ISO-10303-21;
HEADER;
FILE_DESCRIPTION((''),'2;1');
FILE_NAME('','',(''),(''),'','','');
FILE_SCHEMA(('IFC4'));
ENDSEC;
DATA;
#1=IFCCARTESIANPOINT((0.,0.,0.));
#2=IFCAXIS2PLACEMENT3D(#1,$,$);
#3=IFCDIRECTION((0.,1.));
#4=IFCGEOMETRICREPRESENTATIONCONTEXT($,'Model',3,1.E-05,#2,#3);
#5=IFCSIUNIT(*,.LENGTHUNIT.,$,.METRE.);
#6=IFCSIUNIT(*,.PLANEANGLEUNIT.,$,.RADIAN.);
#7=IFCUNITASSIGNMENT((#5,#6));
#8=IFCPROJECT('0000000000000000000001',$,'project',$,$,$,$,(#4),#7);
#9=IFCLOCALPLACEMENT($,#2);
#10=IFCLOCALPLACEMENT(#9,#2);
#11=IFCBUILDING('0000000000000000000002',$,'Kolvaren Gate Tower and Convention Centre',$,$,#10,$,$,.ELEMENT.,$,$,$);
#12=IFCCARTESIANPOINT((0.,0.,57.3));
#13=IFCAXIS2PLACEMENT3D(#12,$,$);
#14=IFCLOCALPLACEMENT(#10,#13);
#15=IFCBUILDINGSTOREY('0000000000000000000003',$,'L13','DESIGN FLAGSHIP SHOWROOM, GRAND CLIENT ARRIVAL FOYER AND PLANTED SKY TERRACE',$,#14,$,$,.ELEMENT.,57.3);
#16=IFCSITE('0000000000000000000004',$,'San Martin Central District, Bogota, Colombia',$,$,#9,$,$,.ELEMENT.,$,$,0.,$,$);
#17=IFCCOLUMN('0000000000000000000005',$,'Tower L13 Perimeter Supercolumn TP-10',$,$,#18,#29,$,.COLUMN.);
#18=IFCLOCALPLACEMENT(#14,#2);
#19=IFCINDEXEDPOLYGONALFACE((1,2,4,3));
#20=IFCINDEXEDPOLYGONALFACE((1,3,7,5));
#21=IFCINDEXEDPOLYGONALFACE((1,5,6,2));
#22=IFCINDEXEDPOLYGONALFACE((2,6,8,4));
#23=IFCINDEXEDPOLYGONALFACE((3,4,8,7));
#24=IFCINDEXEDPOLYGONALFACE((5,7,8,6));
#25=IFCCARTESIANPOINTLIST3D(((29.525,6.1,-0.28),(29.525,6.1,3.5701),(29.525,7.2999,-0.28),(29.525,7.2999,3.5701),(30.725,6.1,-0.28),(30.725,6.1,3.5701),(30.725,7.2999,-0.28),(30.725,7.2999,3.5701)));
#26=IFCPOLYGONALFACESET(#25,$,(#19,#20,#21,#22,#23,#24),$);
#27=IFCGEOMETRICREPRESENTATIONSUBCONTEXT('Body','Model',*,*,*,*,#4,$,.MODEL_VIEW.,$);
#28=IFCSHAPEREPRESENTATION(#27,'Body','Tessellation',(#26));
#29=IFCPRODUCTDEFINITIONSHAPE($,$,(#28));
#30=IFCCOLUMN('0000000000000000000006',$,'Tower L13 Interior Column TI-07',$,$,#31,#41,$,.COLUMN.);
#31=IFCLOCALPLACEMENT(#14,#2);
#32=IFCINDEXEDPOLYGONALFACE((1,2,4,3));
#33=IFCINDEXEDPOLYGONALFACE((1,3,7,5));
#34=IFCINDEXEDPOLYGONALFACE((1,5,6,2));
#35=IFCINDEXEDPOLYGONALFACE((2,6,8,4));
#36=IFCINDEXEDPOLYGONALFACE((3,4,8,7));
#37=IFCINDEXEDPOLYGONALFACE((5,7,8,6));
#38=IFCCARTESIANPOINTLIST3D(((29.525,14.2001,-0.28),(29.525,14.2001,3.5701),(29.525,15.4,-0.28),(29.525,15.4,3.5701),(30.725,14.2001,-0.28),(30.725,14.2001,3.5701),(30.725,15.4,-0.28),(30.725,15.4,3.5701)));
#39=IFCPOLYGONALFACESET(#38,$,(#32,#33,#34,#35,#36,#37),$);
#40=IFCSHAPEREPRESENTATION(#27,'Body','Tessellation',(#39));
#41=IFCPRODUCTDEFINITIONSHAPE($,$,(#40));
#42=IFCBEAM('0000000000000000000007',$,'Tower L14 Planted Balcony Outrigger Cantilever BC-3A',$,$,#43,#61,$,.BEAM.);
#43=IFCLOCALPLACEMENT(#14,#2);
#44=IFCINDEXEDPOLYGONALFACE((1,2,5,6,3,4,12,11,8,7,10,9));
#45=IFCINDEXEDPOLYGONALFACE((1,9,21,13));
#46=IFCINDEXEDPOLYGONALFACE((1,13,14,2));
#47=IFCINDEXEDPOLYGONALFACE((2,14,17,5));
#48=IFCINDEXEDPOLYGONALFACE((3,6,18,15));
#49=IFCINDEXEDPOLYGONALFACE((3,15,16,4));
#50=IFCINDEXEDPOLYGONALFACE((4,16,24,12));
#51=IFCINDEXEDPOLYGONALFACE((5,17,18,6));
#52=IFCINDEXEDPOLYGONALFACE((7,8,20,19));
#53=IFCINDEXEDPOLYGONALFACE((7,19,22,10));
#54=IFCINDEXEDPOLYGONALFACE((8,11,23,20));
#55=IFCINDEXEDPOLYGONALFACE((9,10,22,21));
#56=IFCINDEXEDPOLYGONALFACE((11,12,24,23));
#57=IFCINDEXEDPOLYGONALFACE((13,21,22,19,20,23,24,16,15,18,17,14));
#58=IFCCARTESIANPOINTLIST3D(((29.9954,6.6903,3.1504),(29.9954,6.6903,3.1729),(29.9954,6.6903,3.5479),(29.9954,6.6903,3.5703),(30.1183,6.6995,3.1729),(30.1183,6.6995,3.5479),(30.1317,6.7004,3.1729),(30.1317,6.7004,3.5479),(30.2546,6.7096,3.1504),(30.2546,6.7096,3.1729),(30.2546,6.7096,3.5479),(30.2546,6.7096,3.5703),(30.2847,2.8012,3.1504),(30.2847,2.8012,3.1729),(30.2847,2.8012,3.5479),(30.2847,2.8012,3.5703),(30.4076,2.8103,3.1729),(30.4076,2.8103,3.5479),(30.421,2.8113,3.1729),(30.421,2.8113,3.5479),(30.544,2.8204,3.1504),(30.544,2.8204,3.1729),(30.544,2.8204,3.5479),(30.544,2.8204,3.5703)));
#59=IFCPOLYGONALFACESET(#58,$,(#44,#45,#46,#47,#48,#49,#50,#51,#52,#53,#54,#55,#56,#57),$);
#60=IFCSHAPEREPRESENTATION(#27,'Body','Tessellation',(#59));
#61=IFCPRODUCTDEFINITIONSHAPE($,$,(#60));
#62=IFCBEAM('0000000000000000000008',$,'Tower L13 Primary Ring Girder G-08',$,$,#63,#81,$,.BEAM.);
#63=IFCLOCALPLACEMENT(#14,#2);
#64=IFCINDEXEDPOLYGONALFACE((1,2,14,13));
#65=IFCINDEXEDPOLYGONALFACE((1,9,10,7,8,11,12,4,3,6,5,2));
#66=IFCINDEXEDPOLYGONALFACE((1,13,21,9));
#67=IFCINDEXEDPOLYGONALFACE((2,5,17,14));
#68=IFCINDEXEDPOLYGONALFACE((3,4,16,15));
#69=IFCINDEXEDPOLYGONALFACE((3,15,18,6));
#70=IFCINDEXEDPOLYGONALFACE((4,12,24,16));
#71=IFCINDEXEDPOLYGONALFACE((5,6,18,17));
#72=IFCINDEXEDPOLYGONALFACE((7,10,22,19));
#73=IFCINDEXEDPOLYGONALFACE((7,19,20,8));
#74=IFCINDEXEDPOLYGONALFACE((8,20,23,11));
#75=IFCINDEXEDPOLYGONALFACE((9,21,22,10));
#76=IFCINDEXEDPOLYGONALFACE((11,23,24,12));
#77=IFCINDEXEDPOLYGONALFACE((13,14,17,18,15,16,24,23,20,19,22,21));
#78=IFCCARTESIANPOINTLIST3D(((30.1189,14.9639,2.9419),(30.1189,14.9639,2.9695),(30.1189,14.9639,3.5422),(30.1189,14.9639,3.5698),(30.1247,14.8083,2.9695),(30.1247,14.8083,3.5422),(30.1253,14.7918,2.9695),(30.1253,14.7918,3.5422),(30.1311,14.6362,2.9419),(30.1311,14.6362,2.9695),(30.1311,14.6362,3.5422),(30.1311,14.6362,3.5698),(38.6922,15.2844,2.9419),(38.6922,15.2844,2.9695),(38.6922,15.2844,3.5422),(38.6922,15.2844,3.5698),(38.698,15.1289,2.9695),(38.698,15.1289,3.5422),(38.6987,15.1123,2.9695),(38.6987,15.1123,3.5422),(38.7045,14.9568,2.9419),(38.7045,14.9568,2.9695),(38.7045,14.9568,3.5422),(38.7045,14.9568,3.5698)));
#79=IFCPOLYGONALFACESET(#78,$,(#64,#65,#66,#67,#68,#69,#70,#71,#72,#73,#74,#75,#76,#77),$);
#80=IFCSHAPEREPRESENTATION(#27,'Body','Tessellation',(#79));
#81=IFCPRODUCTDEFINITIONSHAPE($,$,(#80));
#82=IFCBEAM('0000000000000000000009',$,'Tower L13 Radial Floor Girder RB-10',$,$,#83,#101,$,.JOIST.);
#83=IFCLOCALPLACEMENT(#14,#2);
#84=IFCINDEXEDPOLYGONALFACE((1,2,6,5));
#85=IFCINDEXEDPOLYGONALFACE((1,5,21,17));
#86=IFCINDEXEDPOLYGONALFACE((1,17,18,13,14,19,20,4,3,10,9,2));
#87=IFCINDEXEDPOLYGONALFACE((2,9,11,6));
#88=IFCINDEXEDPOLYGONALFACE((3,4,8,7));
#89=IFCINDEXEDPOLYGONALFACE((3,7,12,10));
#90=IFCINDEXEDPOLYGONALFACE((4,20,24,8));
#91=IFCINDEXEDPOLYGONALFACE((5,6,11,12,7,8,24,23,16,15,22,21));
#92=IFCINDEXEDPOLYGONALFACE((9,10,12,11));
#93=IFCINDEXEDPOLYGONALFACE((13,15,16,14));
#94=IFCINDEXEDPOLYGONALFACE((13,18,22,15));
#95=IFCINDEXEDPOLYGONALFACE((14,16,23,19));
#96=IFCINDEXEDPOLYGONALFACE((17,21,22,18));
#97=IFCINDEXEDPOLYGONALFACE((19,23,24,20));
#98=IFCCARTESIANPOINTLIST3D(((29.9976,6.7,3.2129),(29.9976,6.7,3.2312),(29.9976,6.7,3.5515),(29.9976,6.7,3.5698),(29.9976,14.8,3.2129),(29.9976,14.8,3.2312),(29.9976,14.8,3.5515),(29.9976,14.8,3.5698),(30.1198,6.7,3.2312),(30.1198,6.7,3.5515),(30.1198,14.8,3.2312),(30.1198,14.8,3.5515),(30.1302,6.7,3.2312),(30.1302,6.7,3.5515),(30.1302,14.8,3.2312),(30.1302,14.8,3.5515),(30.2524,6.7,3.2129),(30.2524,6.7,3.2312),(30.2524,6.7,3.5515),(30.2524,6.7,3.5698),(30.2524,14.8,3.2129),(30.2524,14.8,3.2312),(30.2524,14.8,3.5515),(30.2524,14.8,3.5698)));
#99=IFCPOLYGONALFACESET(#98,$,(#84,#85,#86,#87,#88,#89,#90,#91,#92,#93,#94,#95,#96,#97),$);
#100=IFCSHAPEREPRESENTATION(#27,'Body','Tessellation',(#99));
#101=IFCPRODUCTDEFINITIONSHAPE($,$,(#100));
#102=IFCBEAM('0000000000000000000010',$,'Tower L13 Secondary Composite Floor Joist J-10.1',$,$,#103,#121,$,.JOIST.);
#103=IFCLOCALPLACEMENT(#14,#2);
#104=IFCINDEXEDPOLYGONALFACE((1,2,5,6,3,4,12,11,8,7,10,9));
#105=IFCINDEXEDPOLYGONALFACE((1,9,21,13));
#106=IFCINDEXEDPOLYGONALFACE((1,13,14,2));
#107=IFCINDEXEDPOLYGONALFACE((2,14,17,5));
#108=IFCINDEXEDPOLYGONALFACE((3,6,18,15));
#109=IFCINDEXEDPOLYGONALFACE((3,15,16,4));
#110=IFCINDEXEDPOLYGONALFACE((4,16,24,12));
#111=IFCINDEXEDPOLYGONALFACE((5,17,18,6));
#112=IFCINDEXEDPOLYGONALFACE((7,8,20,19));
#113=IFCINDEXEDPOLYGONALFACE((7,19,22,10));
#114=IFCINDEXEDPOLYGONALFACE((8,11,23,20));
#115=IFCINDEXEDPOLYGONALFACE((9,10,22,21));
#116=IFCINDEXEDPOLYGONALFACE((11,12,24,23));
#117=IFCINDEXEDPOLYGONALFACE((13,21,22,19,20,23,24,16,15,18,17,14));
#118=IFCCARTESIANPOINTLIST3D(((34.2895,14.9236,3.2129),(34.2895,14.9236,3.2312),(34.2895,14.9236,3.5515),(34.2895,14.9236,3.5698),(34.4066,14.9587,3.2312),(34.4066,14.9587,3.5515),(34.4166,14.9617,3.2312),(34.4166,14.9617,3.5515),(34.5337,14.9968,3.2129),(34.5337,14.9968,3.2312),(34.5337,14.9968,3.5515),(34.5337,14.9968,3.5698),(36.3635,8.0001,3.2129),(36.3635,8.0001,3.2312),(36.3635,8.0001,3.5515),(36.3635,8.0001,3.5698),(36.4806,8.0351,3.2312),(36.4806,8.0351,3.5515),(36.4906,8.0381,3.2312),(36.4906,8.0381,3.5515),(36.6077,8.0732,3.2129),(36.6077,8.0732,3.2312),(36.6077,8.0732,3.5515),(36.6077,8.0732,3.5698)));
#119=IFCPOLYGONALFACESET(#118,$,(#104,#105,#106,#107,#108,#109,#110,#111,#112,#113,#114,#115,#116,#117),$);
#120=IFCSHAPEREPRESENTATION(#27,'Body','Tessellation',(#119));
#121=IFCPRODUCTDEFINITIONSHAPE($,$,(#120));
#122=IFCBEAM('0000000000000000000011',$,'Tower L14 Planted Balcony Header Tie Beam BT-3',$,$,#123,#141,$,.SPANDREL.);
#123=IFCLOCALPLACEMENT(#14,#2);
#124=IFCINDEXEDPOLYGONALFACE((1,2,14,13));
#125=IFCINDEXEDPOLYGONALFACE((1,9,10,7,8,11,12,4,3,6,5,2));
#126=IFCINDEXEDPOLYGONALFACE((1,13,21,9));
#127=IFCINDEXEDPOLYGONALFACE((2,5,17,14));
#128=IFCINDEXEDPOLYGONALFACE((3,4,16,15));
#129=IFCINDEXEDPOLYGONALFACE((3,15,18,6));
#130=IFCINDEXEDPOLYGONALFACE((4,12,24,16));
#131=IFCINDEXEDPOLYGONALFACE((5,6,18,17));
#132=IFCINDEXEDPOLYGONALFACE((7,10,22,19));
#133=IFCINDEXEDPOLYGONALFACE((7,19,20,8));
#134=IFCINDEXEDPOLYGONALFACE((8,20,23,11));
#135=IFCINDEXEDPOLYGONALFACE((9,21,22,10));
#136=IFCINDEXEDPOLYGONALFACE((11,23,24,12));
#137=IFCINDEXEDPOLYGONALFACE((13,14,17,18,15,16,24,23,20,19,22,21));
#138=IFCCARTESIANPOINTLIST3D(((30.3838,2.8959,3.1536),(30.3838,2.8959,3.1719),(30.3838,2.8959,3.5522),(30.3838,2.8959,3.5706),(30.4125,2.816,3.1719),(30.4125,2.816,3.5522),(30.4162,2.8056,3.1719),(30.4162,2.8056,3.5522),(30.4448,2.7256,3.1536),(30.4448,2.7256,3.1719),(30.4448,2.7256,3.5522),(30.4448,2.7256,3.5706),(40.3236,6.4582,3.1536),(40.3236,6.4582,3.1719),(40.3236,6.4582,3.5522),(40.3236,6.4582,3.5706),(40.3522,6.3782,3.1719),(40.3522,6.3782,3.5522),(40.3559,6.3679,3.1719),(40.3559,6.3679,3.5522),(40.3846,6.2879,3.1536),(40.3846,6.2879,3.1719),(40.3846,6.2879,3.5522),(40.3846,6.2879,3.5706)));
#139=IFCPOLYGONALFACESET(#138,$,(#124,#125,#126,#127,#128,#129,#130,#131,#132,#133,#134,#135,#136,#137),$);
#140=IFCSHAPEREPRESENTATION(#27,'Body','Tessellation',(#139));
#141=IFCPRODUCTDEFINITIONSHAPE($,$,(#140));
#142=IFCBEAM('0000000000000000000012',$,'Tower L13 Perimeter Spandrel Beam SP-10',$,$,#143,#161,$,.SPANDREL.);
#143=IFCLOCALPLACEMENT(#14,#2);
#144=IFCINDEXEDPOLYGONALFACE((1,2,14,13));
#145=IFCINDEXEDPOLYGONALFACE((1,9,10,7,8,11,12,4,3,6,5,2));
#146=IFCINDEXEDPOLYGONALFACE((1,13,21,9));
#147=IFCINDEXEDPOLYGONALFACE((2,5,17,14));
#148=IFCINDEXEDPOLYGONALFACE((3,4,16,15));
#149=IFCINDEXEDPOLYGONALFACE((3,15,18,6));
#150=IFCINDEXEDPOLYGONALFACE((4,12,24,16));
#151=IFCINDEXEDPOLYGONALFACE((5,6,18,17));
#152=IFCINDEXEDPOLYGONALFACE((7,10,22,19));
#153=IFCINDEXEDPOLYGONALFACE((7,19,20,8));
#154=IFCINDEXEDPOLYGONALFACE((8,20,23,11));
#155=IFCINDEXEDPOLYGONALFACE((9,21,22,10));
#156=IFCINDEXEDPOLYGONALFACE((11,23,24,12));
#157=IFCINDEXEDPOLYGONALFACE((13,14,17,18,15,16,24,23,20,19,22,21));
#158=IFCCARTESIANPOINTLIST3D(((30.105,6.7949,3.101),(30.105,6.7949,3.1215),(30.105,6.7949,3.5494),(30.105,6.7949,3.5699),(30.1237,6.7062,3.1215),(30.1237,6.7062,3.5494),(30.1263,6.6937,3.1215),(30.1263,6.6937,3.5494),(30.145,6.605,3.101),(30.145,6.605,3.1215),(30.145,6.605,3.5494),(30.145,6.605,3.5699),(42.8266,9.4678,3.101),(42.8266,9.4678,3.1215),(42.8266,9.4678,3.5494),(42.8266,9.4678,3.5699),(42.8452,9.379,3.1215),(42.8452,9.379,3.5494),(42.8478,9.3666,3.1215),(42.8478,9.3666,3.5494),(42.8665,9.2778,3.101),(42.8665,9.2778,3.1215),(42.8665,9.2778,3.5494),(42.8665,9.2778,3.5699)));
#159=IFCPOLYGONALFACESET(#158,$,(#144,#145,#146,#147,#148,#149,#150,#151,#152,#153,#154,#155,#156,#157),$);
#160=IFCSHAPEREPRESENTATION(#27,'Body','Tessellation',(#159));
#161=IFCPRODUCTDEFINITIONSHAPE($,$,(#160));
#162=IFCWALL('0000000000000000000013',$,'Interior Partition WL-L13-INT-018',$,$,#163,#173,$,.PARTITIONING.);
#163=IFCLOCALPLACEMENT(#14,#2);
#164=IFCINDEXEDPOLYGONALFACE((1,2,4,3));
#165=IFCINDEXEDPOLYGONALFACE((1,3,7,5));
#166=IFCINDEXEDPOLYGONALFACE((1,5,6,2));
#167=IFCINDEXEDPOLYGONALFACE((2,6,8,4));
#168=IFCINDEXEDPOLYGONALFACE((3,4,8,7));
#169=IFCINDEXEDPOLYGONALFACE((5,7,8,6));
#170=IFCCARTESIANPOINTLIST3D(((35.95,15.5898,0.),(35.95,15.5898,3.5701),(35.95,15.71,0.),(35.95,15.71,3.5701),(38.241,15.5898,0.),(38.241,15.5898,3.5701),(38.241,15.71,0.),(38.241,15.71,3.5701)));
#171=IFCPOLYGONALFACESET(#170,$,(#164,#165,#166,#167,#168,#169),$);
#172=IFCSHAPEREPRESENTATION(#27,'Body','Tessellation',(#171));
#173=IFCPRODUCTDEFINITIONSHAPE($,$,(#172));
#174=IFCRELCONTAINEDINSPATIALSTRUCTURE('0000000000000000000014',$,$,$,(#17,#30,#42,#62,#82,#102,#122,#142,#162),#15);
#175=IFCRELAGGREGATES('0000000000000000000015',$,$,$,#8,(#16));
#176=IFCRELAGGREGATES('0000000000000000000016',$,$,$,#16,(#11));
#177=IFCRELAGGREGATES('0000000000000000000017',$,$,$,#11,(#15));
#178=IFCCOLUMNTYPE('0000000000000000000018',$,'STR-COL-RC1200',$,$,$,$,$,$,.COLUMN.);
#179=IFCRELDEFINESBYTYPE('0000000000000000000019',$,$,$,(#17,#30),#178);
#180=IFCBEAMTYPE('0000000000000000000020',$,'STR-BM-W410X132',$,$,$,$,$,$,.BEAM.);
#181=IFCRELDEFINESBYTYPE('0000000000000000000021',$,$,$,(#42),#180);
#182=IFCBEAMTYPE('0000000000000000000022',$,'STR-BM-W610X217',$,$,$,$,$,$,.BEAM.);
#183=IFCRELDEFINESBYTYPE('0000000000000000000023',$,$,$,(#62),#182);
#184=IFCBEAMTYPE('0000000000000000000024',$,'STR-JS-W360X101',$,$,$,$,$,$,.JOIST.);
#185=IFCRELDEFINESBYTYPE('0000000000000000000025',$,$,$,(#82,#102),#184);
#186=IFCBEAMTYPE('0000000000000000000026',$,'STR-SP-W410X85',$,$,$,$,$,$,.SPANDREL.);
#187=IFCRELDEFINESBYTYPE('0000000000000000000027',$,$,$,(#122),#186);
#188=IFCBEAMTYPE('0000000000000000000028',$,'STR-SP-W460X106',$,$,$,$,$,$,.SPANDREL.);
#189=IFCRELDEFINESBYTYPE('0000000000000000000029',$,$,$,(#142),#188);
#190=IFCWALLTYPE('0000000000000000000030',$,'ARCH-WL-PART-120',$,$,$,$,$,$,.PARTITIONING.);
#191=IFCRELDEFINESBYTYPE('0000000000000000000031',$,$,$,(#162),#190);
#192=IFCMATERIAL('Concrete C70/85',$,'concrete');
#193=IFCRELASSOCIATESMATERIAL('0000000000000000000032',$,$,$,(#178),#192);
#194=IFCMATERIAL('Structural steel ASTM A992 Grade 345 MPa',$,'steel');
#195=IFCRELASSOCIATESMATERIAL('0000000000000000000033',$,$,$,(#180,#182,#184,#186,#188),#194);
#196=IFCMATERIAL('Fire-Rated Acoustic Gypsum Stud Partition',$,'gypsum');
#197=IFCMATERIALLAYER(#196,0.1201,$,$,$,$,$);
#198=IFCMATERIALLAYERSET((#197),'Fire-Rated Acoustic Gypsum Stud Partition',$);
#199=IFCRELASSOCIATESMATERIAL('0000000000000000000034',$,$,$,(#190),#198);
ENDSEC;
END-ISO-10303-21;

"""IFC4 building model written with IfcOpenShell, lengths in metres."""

from ifc_helpers import new_model, si_unit, direction, frame, frame_2d, origin, origin_2d, place, context, subcontext, project, spatial, rectangle, i_section, extrude, material, layer, layer_set, material_profile, profile_set, type_object, element, save


model = new_model("IFC4")

# Units and contexts
model_context = context("Model", 3, precision=1e-05, world=origin(), true_north=direction((0.0, 1.0)))
body_context = subcontext(model_context, "Body", "Model", "MODEL_VIEW")
ifc_project = project(units=[si_unit("LENGTHUNIT", "METRE"), si_unit("PLANEANGLEUNIT", "RADIAN")], contexts=[model_context])

# Site, building, storey
site_placement = place(None, origin())
site = spatial("IfcSite", under=ifc_project, at=site_placement, Name="San Martin Central District, Bogota, Colombia", CompositionType="ELEMENT", RefElevation=0.0)
building_placement = place(site_placement, origin())
building = spatial("IfcBuilding", under=site, at=building_placement, Name="Kolvaren Gate Tower and Convention Centre", CompositionType="ELEMENT")
storey_placement = place(building_placement, frame((0.0, 0.0, 57.3)))
storey = spatial("IfcBuildingStorey", under=building, at=storey_placement, Name="L13", Description="DESIGN FLAGSHIP SHOWROOM, GRAND CLIENT ARRIVAL FOYER AND PLANTED SKY TERRACE", CompositionType="ELEMENT", Elevation=57.3)

# Columns
ifc_material_1 = material(Name="Concrete C70/85", Category="concrete")
ifc_material_profile_1 = material_profile(ifc_material_1, rectangle(XDim=1.2, YDim=1.2, at=origin_2d()), Name="RC-COL-1200X1200")
ifc_profile_set_1 = profile_set([ifc_material_profile_1], Name="Concrete C70/85")
column_type = type_object("IfcColumnType", Name="STR-COL-RC1200", PredefinedType="COLUMN", material=ifc_profile_set_1)
for number, where, z_axis, x_axis, name in (
    (1, (30.125, 6.7, -0.28), (0.0, 0.0, 1.0), (1.0, 0.0, 0.0), "Tower L13 Perimeter Supercolumn TP-10"),
    (2, (30.125, 14.8, -0.28), (0.0, 0.0, 1.0), (1.0, 0.0, 0.0), "Tower L13 Interior Column TI-07"),
):
    element("IfcColumn", number, at=place(storey_placement, frame(where, z_axis=z_axis, x_axis=x_axis)), inside=storey, type_object=column_type, Name=name, PredefinedType="COLUMN", context=body_context, shape_type="SweptSolid", body=[
        extrude(rectangle(XDim=1.2, YDim=1.2, at=origin_2d()), origin(), (0.0, 0.0, 1.0), 3.8501),
    ])

# Beams
ifc_material_2 = material(Name="Structural steel ASTM A992 Grade 345 MPa", Category="steel")
ifc_material_profile_2 = material_profile(ifc_material_2, i_section(OverallWidth=0.26, OverallDepth=0.4199, WebThickness=0.0134, FlangeThickness=0.0225, at=origin_2d()), Name="W410X132")
ifc_profile_set_2 = profile_set([ifc_material_profile_2], Name="Structural steel ASTM A992 Grade 345 MPa")
beam_type_1 = type_object("IfcBeamType", Name="STR-BM-W410X132", PredefinedType="BEAM", material=ifc_profile_set_2)
beam_1_placement = place(storey_placement, frame((30.125, 6.7, 3.3604), z_axis=(0.074183, -0.997245, 0.0), x_axis=(0.997245, 0.074183, 0.0)))
element("IfcBeam", 3, at=beam_1_placement, inside=storey, type_object=beam_type_1, Name="Tower L14 Planted Balcony Outrigger Cantilever BC-3A", PredefinedType="BEAM", context=body_context, shape_type="SweptSolid", body=[
    extrude(i_section(OverallWidth=0.26, OverallDepth=0.4199, WebThickness=0.0134, FlangeThickness=0.0225, at=origin_2d()), origin(), (0.0, 0.0, 1.0), 3.8999),
])
ifc_material_profile_3 = material_profile(ifc_material_2, i_section(OverallWidth=0.3279, OverallDepth=0.6279, WebThickness=0.0166, FlangeThickness=0.0276, at=origin_2d()), Name="W610X217")
ifc_profile_set_3 = profile_set([ifc_material_profile_3], Name="Structural steel ASTM A992 Grade 345 MPa")
beam_type_2 = type_object("IfcBeamType", Name="STR-BM-W610X217", PredefinedType="BEAM", material=ifc_profile_set_3)
beam_2_placement = place(storey_placement, frame((30.125, 14.8, 3.2559), z_axis=(0.999302, 0.037364, 0.0), x_axis=(-0.037364, 0.999302, 0.0)))
element("IfcBeam", 4, at=beam_2_placement, inside=storey, type_object=beam_type_2, Name="Tower L13 Primary Ring Girder G-08", PredefinedType="BEAM", context=body_context, shape_type="SweptSolid", body=[
    extrude(i_section(OverallWidth=0.3279, OverallDepth=0.6279, WebThickness=0.0166, FlangeThickness=0.0276, at=origin_2d()), origin(), (0.0, 0.0, 1.0), 8.5793),
])
ifc_material_profile_4 = material_profile(ifc_material_2, i_section(OverallWidth=0.2549, OverallDepth=0.3569, WebThickness=0.0105, FlangeThickness=0.0183, at=origin_2d()), Name="W360X101")
ifc_profile_set_4 = profile_set([ifc_material_profile_4], Name="Structural steel ASTM A992 Grade 345 MPa")
beam_type_3 = type_object("IfcBeamType", Name="STR-JS-W360X101", PredefinedType="JOIST", material=ifc_profile_set_4)
beam_3_placement = place(storey_placement, frame((30.125, 14.8, 3.3914), z_axis=(0.0, -1.0, 0.0), x_axis=(1.0, 0.0, 0.0)))
element("IfcBeam", 5, at=beam_3_placement, inside=storey, type_object=beam_type_3, Name="Tower L13 Radial Floor Girder RB-10", PredefinedType="JOIST", context=body_context, shape_type="SweptSolid", body=[
    extrude(i_section(OverallWidth=0.2549, OverallDepth=0.3569, WebThickness=0.0105, FlangeThickness=0.0183, at=origin_2d()), origin(), (0.0, 0.0, 1.0), 8.1001),
])
beam_4_placement = place(storey_placement, frame((34.4116, 14.9602, 3.3914), z_axis=(0.286954, -0.957944, 0.0), x_axis=(0.957944, 0.286954, 0.0)))
element("IfcBeam", 6, at=beam_4_placement, inside=storey, type_object=beam_type_3, Name="Tower L13 Secondary Composite Floor Joist J-10.1", PredefinedType="JOIST", context=body_context, shape_type="SweptSolid", body=[
    extrude(i_section(OverallWidth=0.2549, OverallDepth=0.3569, WebThickness=0.0105, FlangeThickness=0.0183, at=origin_2d()), origin(), (0.0, 0.0, 1.0), 7.2275),
])
ifc_material_profile_5 = material_profile(ifc_material_2, i_section(OverallWidth=0.1809, OverallDepth=0.417, WebThickness=0.011, FlangeThickness=0.0183, at=origin_2d()), Name="W410X85")
ifc_profile_set_5 = profile_set([ifc_material_profile_5], Name="Structural steel ASTM A992 Grade 345 MPa")
beam_type_4 = type_object("IfcBeamType", Name="STR-SP-W410X85", PredefinedType="SPANDREL", material=ifc_profile_set_5)
beam_5_placement = place(storey_placement, frame((30.4143, 2.8108, 3.3621), z_axis=(0.94137, 0.337375, 0.0), x_axis=(-0.337375, 0.94137, 0.0)))
element("IfcBeam", 7, at=beam_5_placement, inside=storey, type_object=beam_type_4, Name="Tower L14 Planted Balcony Header Tie Beam BT-3", PredefinedType="SPANDREL", context=body_context, shape_type="SweptSolid", body=[
    extrude(i_section(OverallWidth=0.1809, OverallDepth=0.417, WebThickness=0.011, FlangeThickness=0.0183, at=origin_2d()), origin(), (0.0, 0.0, 1.0), 10.5588),
])
ifc_material_profile_6 = material_profile(ifc_material_2, i_section(OverallWidth=0.1941, OverallDepth=0.469, WebThickness=0.0127, FlangeThickness=0.0205, at=origin_2d()), Name="W460X106")
ifc_profile_set_6 = profile_set([ifc_material_profile_6], Name="Structural steel ASTM A992 Grade 345 MPa")
beam_type_5 = type_object("IfcBeamType", Name="STR-SP-W460X106", PredefinedType="SPANDREL", material=ifc_profile_set_6)
beam_6_placement = place(storey_placement, frame((30.125, 6.7, 3.3354), z_axis=(0.978633, 0.205617, 0.0), x_axis=(-0.205617, 0.978633, 0.0)))
element("IfcBeam", 8, at=beam_6_placement, inside=storey, type_object=beam_type_5, Name="Tower L13 Perimeter Spandrel Beam SP-10", PredefinedType="SPANDREL", context=body_context, shape_type="SweptSolid", body=[
    extrude(i_section(OverallWidth=0.1941, OverallDepth=0.469, WebThickness=0.0127, FlangeThickness=0.0205, at=origin_2d()), origin(), (0.0, 0.0, 1.0), 12.9993),
])

# Wall
ifc_material_3 = material(Name="Fire-Rated Acoustic Gypsum Stud Partition", Category="gypsum")
ifc_layer_1 = layer(ifc_material_3, 0.1201)
ifc_layer_set_1 = layer_set([ifc_layer_1], Name="Fire-Rated Acoustic Gypsum Stud Partition")
wall_type_1 = type_object("IfcWallType", Name="ARCH-WL-PART-120", PredefinedType="PARTITIONING", material=ifc_layer_set_1)
wall_1_placement = place(storey_placement, frame((35.95, 15.6499, 0.0), z_axis=(0.0, 0.0, 1.0), x_axis=(1.0, 0.0, 0.0)))
element("IfcWall", 9, at=wall_1_placement, inside=storey, type_object=wall_type_1, Name="Interior Partition WL-L13-INT-018", PredefinedType="PARTITIONING", context=body_context, shape_type="SweptSolid", body=[
    extrude(rectangle(XDim=2.291, YDim=0.1201, at=frame_2d((1.1455, 0.0))), origin(), (0.0, 0.0, 1.0), 3.5701),
])

save(model, "model.ifc")
